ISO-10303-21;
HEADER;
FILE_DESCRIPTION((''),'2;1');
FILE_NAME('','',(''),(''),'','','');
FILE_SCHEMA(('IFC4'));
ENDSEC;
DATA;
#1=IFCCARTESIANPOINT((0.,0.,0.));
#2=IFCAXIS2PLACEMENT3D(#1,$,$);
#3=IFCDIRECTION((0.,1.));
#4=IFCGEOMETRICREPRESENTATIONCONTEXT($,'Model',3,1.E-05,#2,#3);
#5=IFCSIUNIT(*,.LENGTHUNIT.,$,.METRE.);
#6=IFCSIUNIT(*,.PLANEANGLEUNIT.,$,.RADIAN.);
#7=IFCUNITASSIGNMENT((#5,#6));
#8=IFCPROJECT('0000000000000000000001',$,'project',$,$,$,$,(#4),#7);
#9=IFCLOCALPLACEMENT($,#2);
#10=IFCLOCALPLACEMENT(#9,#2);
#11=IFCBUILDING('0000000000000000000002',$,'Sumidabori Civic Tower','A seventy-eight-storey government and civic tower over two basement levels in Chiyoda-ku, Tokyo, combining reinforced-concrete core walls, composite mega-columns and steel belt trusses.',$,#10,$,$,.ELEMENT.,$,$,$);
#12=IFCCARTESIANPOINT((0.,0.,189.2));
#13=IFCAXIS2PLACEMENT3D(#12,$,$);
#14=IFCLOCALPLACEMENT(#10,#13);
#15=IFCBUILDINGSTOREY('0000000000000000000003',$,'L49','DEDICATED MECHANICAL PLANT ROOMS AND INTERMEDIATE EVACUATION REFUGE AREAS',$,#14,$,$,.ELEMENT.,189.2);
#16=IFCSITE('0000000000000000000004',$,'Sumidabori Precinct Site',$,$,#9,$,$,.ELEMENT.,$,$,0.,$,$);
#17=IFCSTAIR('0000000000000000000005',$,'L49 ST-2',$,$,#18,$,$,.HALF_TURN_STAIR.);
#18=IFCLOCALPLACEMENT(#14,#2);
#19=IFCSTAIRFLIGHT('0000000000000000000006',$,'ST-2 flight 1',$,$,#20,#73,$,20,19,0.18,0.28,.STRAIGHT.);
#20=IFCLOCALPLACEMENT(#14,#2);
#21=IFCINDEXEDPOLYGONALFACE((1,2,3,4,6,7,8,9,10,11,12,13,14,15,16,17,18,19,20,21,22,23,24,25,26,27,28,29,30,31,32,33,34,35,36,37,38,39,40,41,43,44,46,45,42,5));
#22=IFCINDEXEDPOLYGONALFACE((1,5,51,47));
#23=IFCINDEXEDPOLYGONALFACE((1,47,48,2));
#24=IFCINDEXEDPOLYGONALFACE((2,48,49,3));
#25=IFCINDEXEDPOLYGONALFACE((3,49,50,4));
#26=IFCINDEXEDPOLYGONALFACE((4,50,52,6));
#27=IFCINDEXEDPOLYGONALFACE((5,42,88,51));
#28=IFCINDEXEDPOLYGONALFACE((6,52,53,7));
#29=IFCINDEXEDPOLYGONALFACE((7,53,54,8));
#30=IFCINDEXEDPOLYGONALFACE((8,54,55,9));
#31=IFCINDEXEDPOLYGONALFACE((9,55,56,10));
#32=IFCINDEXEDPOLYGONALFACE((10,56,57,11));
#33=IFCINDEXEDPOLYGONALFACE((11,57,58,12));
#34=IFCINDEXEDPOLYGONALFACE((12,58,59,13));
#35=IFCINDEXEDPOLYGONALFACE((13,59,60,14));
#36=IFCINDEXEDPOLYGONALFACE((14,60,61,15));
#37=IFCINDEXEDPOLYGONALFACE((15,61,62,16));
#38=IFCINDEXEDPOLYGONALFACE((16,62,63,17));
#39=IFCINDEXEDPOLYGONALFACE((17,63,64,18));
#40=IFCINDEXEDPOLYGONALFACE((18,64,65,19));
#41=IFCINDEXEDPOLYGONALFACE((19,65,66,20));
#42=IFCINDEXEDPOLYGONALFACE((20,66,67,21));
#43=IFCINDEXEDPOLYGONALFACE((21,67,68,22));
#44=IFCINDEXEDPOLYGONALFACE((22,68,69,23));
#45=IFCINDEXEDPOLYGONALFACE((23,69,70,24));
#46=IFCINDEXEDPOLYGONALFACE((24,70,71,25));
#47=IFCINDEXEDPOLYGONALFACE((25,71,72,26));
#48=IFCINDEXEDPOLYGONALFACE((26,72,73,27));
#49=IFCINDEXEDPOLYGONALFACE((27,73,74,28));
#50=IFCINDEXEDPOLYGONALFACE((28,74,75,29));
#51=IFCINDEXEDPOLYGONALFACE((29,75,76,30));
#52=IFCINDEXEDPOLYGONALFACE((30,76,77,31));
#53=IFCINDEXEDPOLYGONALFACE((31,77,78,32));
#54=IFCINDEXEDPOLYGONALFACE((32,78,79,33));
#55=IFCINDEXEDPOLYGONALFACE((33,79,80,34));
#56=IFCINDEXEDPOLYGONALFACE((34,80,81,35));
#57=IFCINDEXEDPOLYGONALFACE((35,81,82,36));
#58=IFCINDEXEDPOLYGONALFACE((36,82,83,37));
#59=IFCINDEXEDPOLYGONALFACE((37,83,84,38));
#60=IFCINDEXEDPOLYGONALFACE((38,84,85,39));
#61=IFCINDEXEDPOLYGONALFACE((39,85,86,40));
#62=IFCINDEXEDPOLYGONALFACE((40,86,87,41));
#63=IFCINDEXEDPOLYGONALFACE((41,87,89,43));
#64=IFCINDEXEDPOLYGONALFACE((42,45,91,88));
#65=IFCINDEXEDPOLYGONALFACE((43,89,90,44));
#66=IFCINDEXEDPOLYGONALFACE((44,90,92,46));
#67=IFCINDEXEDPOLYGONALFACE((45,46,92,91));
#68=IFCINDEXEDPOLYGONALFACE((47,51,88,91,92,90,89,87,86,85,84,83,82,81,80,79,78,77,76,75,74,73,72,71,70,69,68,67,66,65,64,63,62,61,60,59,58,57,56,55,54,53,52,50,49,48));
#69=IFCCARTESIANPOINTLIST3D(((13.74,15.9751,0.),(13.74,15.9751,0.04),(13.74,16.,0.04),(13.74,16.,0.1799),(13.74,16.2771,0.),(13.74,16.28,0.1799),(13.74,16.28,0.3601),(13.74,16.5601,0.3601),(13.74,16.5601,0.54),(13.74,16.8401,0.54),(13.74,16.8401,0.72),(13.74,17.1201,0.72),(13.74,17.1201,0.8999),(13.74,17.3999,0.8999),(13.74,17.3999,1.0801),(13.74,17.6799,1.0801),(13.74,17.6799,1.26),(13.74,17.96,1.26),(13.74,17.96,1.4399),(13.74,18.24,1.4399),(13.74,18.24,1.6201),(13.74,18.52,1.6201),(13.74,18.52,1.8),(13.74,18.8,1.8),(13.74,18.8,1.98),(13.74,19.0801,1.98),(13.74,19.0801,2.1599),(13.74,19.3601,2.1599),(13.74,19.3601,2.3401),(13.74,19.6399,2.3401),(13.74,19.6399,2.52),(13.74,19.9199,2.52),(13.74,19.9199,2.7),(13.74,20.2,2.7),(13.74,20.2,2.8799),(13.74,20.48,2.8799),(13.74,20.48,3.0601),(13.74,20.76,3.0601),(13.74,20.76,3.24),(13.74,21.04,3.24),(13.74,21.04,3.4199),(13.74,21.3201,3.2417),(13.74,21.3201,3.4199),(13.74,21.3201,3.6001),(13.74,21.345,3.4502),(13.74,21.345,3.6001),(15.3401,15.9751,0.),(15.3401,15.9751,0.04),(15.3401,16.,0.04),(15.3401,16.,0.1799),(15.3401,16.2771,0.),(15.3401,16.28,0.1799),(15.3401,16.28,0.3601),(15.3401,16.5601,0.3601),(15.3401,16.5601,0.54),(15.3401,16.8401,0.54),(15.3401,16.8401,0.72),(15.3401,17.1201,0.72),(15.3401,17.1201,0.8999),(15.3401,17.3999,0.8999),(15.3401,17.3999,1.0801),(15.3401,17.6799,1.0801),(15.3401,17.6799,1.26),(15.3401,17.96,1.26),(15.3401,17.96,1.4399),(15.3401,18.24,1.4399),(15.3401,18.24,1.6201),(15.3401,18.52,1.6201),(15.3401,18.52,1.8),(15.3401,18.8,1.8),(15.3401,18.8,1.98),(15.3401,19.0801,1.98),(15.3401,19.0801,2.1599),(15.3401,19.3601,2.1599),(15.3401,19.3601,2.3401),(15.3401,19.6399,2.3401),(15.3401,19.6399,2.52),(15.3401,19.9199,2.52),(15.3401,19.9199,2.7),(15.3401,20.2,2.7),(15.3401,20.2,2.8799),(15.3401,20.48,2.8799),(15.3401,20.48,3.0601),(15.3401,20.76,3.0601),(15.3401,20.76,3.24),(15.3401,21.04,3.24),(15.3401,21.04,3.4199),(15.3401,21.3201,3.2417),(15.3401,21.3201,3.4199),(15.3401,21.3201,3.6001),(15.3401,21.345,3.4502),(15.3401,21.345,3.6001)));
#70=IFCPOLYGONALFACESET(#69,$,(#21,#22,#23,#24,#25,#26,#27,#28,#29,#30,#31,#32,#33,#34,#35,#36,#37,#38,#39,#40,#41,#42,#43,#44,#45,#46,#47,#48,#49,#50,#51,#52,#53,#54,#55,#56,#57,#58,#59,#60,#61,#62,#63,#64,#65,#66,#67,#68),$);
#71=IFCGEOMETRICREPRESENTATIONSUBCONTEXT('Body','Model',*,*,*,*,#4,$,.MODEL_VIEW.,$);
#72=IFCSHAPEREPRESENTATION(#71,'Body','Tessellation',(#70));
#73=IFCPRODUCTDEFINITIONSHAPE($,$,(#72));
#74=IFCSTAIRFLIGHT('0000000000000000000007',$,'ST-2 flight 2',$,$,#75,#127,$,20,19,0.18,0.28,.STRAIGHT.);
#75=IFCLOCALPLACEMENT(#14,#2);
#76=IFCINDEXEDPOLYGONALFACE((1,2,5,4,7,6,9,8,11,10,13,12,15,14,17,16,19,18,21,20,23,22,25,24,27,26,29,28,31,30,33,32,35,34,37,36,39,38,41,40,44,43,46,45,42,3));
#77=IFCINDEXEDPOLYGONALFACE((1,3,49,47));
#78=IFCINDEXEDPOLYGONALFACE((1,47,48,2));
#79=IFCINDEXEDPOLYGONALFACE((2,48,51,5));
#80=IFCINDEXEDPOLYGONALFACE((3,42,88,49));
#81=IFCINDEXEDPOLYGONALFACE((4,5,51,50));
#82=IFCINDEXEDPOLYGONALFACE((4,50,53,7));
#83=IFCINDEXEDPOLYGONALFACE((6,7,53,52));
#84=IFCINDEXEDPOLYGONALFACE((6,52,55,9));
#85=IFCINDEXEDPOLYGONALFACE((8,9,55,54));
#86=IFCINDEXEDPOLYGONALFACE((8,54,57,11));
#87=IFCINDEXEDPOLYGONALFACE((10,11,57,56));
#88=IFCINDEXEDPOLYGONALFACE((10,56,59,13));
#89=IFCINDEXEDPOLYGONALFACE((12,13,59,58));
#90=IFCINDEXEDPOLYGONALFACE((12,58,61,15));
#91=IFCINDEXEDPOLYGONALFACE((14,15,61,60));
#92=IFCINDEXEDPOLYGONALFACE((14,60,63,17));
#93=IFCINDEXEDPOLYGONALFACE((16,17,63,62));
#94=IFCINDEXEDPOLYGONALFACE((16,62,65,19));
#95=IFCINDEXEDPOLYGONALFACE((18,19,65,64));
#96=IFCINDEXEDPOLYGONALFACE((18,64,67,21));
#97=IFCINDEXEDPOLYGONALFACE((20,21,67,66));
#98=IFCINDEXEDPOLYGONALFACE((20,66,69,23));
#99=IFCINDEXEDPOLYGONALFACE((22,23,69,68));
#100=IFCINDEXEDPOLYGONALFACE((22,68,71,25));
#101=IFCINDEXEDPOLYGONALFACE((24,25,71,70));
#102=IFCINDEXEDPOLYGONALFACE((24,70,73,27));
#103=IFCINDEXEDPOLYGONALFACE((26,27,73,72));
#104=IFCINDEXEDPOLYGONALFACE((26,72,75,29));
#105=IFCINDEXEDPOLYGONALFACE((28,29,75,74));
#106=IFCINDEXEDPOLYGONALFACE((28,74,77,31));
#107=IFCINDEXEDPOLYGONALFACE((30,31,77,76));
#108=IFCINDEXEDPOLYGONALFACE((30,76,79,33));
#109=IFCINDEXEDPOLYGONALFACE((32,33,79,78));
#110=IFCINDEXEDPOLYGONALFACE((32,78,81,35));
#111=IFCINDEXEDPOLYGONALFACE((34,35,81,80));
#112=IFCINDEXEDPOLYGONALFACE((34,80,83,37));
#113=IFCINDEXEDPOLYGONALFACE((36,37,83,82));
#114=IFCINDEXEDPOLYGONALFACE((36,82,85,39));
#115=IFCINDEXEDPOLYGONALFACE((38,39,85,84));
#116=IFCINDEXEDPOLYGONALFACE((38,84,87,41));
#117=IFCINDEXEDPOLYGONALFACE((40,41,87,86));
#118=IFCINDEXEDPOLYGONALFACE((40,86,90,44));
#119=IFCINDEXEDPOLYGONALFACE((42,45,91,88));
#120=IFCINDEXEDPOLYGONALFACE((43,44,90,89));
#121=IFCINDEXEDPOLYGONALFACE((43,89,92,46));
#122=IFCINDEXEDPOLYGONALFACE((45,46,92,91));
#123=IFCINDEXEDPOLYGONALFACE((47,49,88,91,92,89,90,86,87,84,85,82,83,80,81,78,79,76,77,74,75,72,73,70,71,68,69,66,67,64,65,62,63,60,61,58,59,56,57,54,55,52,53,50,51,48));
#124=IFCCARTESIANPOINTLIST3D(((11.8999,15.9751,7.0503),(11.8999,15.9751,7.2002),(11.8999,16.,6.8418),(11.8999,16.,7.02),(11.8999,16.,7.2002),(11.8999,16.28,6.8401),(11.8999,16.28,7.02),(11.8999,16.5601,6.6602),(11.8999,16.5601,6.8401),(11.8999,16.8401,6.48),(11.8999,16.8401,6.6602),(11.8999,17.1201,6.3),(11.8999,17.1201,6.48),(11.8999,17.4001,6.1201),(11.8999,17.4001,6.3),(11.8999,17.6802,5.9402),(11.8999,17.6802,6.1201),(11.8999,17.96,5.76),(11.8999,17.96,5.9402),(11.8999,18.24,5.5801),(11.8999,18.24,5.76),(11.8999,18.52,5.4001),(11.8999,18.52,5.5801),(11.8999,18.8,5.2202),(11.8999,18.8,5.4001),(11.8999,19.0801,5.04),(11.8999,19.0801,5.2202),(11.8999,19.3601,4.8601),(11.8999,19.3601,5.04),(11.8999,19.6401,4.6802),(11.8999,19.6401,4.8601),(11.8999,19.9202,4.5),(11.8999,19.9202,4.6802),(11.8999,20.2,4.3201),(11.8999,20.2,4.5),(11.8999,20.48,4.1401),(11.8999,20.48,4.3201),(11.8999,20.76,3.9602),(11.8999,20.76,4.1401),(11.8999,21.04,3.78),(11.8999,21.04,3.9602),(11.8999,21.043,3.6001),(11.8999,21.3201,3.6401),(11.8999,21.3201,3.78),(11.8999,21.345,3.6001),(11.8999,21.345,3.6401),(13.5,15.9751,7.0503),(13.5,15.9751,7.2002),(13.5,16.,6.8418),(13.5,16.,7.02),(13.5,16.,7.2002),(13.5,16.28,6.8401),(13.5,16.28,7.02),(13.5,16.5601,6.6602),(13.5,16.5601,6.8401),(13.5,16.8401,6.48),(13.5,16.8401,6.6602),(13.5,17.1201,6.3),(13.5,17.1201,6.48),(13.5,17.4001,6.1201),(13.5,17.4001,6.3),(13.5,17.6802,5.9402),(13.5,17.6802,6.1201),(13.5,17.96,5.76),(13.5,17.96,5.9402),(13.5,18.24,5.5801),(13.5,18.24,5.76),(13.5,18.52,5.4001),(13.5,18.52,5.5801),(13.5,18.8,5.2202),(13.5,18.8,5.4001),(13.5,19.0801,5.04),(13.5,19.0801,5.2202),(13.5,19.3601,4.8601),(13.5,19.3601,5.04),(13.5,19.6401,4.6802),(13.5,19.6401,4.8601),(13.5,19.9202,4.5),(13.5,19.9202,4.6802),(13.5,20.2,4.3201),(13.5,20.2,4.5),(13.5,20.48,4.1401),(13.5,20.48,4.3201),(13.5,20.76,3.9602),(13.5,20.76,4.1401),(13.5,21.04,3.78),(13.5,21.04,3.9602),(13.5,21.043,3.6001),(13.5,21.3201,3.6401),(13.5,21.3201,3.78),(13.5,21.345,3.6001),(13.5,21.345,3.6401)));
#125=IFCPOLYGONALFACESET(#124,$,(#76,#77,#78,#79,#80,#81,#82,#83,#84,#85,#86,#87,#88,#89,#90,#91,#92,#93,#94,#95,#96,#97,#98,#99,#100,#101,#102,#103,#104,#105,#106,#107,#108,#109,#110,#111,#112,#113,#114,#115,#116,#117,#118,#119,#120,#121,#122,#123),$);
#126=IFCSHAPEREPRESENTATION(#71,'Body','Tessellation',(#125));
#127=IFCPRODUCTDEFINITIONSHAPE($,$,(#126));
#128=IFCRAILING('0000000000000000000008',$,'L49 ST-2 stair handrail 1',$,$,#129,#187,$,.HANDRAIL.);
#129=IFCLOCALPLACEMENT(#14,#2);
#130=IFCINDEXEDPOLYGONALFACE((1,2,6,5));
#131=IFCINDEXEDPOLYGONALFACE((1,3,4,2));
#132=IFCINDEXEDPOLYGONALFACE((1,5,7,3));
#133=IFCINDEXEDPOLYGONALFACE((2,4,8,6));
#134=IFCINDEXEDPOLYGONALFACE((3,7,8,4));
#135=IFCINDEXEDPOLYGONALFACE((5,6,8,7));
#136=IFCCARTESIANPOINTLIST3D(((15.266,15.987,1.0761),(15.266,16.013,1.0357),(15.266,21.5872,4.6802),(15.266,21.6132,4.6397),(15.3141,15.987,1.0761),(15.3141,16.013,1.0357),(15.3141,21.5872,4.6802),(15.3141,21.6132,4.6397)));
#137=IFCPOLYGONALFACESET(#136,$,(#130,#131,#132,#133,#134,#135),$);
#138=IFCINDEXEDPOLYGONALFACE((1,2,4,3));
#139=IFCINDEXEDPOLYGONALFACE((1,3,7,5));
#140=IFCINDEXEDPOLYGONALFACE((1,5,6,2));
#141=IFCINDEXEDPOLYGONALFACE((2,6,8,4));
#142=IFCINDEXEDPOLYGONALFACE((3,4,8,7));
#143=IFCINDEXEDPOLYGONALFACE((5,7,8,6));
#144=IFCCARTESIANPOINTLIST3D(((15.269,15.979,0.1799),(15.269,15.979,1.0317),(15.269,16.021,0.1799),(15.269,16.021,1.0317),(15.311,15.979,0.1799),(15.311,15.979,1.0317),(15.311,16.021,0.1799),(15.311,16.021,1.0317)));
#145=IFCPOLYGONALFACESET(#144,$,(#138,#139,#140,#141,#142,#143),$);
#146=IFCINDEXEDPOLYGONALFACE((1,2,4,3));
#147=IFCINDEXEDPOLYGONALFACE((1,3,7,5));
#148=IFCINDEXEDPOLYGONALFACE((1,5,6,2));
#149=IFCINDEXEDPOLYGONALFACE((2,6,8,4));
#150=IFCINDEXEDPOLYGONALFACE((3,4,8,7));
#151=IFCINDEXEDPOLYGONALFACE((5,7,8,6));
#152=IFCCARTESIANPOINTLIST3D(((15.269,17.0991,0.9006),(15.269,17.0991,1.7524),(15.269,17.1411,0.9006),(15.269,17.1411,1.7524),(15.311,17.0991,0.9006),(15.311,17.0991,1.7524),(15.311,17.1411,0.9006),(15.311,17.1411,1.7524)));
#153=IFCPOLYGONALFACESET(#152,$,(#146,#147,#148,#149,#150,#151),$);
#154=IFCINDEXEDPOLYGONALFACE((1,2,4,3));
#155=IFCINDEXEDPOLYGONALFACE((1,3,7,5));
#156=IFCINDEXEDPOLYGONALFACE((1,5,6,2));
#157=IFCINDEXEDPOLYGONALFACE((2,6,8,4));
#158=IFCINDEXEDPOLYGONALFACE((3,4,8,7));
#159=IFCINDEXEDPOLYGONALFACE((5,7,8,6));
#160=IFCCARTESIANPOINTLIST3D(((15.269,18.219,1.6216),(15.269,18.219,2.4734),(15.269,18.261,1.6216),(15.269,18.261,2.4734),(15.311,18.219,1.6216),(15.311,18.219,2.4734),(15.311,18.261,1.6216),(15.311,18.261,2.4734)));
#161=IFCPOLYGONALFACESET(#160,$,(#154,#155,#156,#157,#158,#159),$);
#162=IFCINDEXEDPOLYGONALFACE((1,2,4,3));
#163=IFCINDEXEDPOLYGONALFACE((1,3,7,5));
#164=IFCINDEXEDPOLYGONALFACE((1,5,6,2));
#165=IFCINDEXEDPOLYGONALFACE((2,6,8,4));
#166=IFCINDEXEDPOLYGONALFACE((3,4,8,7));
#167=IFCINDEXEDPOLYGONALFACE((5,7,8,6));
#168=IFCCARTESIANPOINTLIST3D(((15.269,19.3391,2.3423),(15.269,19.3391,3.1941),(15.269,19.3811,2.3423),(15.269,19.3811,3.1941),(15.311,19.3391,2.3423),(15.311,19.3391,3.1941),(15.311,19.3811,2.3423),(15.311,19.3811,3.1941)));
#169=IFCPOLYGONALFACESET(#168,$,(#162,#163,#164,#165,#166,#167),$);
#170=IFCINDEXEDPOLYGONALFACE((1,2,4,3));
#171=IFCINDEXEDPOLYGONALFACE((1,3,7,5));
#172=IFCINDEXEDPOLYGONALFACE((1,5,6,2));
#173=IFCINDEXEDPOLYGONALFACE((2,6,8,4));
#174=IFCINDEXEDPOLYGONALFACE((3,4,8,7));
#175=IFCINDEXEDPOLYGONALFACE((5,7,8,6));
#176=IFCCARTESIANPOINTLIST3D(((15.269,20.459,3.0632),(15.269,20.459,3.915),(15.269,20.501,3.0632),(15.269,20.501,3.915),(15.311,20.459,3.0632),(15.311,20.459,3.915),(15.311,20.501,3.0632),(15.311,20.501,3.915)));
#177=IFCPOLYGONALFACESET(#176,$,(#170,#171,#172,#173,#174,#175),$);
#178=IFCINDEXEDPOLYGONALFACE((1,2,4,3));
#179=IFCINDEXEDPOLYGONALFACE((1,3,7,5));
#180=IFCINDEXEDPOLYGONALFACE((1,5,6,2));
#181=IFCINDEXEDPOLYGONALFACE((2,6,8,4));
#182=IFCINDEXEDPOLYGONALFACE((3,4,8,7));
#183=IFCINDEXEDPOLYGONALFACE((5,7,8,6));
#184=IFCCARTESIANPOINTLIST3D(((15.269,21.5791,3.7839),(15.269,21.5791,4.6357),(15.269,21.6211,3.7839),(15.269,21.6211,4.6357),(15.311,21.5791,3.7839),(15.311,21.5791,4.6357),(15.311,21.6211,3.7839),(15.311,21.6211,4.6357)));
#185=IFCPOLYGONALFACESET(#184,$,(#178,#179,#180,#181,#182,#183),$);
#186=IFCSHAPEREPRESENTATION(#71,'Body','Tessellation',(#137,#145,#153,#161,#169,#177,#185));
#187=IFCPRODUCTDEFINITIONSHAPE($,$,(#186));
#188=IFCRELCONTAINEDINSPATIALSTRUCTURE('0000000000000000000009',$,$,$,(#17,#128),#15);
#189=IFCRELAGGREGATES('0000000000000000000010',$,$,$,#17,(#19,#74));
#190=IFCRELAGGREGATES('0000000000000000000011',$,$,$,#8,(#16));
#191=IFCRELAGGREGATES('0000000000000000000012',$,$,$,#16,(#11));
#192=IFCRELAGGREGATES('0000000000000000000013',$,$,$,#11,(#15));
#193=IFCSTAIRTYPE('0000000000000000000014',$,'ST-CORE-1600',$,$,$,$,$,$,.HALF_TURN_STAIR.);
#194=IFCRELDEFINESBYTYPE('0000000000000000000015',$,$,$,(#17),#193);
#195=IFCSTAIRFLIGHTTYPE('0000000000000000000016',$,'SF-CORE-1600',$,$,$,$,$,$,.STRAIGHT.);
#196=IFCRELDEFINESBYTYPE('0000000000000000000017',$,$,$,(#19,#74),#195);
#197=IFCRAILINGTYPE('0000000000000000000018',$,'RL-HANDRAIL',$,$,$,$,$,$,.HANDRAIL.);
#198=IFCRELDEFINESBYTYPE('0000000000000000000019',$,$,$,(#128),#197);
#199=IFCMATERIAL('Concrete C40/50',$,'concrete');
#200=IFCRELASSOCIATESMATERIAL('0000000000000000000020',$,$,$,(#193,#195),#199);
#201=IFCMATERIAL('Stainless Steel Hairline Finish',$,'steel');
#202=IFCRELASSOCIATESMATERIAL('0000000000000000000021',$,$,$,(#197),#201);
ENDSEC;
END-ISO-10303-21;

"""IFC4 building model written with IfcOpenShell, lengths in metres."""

from ifc_helpers import new_model, si_unit, direction, frame, origin, origin_2d, place, context, subcontext, project, spatial, polyline, rectangle, outline, extrude, source, transform, mapped, material, type_object, element, aggregate, save


model = new_model("IFC4")

# Units and contexts
model_context = context("Model", 3, precision=1e-05, world=origin(), true_north=direction((0.0, 1.0)))
body_context = subcontext(model_context, "Body", "Model", "MODEL_VIEW")
ifc_project = project(units=[si_unit("LENGTHUNIT", "METRE"), si_unit("PLANEANGLEUNIT", "RADIAN")], contexts=[model_context])

# Site, building, storey
site_placement = place(None, origin())
site = spatial("IfcSite", under=ifc_project, at=site_placement, Name="Sumidabori Precinct Site", CompositionType="ELEMENT", RefElevation=0.0)
building_placement = place(site_placement, origin())
building = spatial("IfcBuilding", under=site, at=building_placement, Name="Sumidabori Civic Tower", Description="A seventy-eight-storey government and civic tower over two basement levels in Chiyoda-ku, Tokyo, combining reinforced-concrete core walls, composite mega-columns and steel belt trusses.", CompositionType="ELEMENT")
storey_placement = place(building_placement, frame((0.0, 0.0, 189.2)))
storey = spatial("IfcBuildingStorey", under=building, at=storey_placement, Name="L49", Description="DEDICATED MECHANICAL PLANT ROOMS AND INTERMEDIATE EVACUATION REFUGE AREAS", CompositionType="ELEMENT", Elevation=189.2)

# Shared definitions
ifc_material_1 = material(Name="Stainless Steel Hairline Finish", Category="steel")

# Stair, stair flights
ifc_material_2 = material(Name="Concrete C40/50", Category="concrete")
stair_type = type_object("IfcStairType", Name="ST-CORE-1600", PredefinedType="HALF_TURN_STAIR", material=ifc_material_2)
stair_placement = place(storey_placement, origin())
stair = element("IfcStair", 1, at=stair_placement, inside=storey, type_object=stair_type, Name="L49 ST-2", PredefinedType="HALF_TURN_STAIR")
stair_flight_type = type_object("IfcStairFlightType", Name="SF-CORE-1600", PredefinedType="STRAIGHT", material=ifc_material_2)
shared_shape_1 = source(origin(), body_context, "Body", "SweptSolid", [
    extrude(outline(polyline([(-0.0249, 0.0), (-0.0249, 0.04), (0.0, 0.04), (0.0, 0.1799), (0.28, 0.1799), (0.28, 0.3601), (0.5601, 0.3601), (0.5601, 0.54), (0.8401, 0.54), (0.8401, 0.72), (1.1201, 0.72), (1.1201, 0.8999), (1.3999, 0.8999), (1.3999, 1.0801), (1.6799, 1.0801), (1.6799, 1.26), (1.96, 1.26), (1.96, 1.4399), (2.24, 1.4399), (2.24, 1.6201), (2.52, 1.6201), (2.52, 1.8), (2.8, 1.8), (2.8, 1.98), (3.0801, 1.98), (3.0801, 2.1599), (3.3601, 2.1599), (3.3601, 2.3401), (3.6399, 2.3401), (3.6399, 2.52), (3.9199, 2.52), (3.9199, 2.7), (4.2, 2.7), (4.2, 2.8799), (4.48, 2.8799), (4.48, 3.0601), (4.76, 3.0601), (4.76, 3.24), (5.04, 3.24), (5.04, 3.4199), (5.3201, 3.4199), (5.3201, 3.6001), (5.345, 3.6001), (5.345, 3.4502), (5.3201, 3.2417), (0.2771, 0.0), (-0.0249, 0.0)])), frame((0.0, 0.8, 0.0), z_axis=(0.0, -1.0, 0.0), x_axis=(1.0, 0.0, 0.0)), (0.0, 0.0, 1.0), 1.6001),
])
stair_flight_1_placement = place(storey_placement, frame((14.54, 16.0, 0.0), z_axis=(0.0, 0.0, 1.0), x_axis=(0.0, 1.0, 0.0)))
stair_flight_1 = element("IfcStairFlight", 2, at=stair_flight_1_placement, type_object=stair_flight_type, Name="ST-2 flight 1", NumberOfRisers=20, NumberOfTreads=19, PredefinedType="STRAIGHT", RiserHeight=0.18, TreadLength=0.28, context=body_context, shape_type="MappedRepresentation", body=[
    mapped(shared_shape_1, transform((0.0, 0.0, 0.0), x_axis=(1.0, 0.0, 0.0), y_axis=(0.0, 1.0, 0.0), z_axis=(0.0, 0.0, 1.0), scale=1.0)),
])
stair_flight_2_placement = place(storey_placement, frame((12.7, 21.3201, 3.6001), z_axis=(0.0, 0.0, 1.0), x_axis=(0.0, -1.0, 0.0)))
stair_flight_2 = element("IfcStairFlight", 3, at=stair_flight_2_placement, type_object=stair_flight_type, Name="ST-2 flight 2", NumberOfRisers=20, NumberOfTreads=19, PredefinedType="STRAIGHT", RiserHeight=0.18, TreadLength=0.28, context=body_context, shape_type="MappedRepresentation", body=[
    mapped(shared_shape_1, transform((0.0, 0.0, 0.0), x_axis=(1.0, 0.0, 0.0), y_axis=(0.0, 1.0, 0.0), z_axis=(0.0, 0.0, 1.0), scale=1.0)),
])
aggregate(stair, [stair_flight_1, stair_flight_2])

# Railing
railing_type_1 = type_object("IfcRailingType", Name="RL-HANDRAIL", PredefinedType="HANDRAIL", material=ifc_material_1)
railing_1_placement = place(storey_placement, frame((15.29, 16.0, 0.1799)))
element("IfcRailing", 4, at=railing_1_placement, inside=storey, type_object=railing_type_1, Name="L49 ST-2 stair handrail 1", PredefinedType="HANDRAIL", context=body_context, shape_type="SweptSolid", body=[
    extrude(rectangle(XDim=0.0481, YDim=0.0481, at=origin_2d()), frame((0.0, 0.0, 0.876), z_axis=(0.0, 0.840909, 0.541176), x_axis=(-1.0, 0.0, 0.0)), (0.0, 0.0, 1.0), 6.6597),
    extrude(rectangle(XDim=0.042, YDim=0.042, at=origin_2d()), origin(), (0.0, 0.0, 1.0), 0.8518),
    extrude(rectangle(XDim=0.042, YDim=0.042, at=origin_2d()), frame((0.0, 1.1201, 0.7207)), (0.0, 0.0, 1.0), 0.8518),
    extrude(rectangle(XDim=0.042, YDim=0.042, at=origin_2d()), frame((0.0, 2.24, 1.4417)), (0.0, 0.0, 1.0), 0.8518),
    extrude(rectangle(XDim=0.042, YDim=0.042, at=origin_2d()), frame((0.0, 3.3601, 2.1624)), (0.0, 0.0, 1.0), 0.8518),
    extrude(rectangle(XDim=0.042, YDim=0.042, at=origin_2d()), frame((0.0, 4.48, 2.8833)), (0.0, 0.0, 1.0), 0.8518),
    extrude(rectangle(XDim=0.042, YDim=0.042, at=origin_2d()), frame((0.0, 5.6001, 3.604)), (0.0, 0.0, 1.0), 0.8518),
])

save(model, "model.ifc")
